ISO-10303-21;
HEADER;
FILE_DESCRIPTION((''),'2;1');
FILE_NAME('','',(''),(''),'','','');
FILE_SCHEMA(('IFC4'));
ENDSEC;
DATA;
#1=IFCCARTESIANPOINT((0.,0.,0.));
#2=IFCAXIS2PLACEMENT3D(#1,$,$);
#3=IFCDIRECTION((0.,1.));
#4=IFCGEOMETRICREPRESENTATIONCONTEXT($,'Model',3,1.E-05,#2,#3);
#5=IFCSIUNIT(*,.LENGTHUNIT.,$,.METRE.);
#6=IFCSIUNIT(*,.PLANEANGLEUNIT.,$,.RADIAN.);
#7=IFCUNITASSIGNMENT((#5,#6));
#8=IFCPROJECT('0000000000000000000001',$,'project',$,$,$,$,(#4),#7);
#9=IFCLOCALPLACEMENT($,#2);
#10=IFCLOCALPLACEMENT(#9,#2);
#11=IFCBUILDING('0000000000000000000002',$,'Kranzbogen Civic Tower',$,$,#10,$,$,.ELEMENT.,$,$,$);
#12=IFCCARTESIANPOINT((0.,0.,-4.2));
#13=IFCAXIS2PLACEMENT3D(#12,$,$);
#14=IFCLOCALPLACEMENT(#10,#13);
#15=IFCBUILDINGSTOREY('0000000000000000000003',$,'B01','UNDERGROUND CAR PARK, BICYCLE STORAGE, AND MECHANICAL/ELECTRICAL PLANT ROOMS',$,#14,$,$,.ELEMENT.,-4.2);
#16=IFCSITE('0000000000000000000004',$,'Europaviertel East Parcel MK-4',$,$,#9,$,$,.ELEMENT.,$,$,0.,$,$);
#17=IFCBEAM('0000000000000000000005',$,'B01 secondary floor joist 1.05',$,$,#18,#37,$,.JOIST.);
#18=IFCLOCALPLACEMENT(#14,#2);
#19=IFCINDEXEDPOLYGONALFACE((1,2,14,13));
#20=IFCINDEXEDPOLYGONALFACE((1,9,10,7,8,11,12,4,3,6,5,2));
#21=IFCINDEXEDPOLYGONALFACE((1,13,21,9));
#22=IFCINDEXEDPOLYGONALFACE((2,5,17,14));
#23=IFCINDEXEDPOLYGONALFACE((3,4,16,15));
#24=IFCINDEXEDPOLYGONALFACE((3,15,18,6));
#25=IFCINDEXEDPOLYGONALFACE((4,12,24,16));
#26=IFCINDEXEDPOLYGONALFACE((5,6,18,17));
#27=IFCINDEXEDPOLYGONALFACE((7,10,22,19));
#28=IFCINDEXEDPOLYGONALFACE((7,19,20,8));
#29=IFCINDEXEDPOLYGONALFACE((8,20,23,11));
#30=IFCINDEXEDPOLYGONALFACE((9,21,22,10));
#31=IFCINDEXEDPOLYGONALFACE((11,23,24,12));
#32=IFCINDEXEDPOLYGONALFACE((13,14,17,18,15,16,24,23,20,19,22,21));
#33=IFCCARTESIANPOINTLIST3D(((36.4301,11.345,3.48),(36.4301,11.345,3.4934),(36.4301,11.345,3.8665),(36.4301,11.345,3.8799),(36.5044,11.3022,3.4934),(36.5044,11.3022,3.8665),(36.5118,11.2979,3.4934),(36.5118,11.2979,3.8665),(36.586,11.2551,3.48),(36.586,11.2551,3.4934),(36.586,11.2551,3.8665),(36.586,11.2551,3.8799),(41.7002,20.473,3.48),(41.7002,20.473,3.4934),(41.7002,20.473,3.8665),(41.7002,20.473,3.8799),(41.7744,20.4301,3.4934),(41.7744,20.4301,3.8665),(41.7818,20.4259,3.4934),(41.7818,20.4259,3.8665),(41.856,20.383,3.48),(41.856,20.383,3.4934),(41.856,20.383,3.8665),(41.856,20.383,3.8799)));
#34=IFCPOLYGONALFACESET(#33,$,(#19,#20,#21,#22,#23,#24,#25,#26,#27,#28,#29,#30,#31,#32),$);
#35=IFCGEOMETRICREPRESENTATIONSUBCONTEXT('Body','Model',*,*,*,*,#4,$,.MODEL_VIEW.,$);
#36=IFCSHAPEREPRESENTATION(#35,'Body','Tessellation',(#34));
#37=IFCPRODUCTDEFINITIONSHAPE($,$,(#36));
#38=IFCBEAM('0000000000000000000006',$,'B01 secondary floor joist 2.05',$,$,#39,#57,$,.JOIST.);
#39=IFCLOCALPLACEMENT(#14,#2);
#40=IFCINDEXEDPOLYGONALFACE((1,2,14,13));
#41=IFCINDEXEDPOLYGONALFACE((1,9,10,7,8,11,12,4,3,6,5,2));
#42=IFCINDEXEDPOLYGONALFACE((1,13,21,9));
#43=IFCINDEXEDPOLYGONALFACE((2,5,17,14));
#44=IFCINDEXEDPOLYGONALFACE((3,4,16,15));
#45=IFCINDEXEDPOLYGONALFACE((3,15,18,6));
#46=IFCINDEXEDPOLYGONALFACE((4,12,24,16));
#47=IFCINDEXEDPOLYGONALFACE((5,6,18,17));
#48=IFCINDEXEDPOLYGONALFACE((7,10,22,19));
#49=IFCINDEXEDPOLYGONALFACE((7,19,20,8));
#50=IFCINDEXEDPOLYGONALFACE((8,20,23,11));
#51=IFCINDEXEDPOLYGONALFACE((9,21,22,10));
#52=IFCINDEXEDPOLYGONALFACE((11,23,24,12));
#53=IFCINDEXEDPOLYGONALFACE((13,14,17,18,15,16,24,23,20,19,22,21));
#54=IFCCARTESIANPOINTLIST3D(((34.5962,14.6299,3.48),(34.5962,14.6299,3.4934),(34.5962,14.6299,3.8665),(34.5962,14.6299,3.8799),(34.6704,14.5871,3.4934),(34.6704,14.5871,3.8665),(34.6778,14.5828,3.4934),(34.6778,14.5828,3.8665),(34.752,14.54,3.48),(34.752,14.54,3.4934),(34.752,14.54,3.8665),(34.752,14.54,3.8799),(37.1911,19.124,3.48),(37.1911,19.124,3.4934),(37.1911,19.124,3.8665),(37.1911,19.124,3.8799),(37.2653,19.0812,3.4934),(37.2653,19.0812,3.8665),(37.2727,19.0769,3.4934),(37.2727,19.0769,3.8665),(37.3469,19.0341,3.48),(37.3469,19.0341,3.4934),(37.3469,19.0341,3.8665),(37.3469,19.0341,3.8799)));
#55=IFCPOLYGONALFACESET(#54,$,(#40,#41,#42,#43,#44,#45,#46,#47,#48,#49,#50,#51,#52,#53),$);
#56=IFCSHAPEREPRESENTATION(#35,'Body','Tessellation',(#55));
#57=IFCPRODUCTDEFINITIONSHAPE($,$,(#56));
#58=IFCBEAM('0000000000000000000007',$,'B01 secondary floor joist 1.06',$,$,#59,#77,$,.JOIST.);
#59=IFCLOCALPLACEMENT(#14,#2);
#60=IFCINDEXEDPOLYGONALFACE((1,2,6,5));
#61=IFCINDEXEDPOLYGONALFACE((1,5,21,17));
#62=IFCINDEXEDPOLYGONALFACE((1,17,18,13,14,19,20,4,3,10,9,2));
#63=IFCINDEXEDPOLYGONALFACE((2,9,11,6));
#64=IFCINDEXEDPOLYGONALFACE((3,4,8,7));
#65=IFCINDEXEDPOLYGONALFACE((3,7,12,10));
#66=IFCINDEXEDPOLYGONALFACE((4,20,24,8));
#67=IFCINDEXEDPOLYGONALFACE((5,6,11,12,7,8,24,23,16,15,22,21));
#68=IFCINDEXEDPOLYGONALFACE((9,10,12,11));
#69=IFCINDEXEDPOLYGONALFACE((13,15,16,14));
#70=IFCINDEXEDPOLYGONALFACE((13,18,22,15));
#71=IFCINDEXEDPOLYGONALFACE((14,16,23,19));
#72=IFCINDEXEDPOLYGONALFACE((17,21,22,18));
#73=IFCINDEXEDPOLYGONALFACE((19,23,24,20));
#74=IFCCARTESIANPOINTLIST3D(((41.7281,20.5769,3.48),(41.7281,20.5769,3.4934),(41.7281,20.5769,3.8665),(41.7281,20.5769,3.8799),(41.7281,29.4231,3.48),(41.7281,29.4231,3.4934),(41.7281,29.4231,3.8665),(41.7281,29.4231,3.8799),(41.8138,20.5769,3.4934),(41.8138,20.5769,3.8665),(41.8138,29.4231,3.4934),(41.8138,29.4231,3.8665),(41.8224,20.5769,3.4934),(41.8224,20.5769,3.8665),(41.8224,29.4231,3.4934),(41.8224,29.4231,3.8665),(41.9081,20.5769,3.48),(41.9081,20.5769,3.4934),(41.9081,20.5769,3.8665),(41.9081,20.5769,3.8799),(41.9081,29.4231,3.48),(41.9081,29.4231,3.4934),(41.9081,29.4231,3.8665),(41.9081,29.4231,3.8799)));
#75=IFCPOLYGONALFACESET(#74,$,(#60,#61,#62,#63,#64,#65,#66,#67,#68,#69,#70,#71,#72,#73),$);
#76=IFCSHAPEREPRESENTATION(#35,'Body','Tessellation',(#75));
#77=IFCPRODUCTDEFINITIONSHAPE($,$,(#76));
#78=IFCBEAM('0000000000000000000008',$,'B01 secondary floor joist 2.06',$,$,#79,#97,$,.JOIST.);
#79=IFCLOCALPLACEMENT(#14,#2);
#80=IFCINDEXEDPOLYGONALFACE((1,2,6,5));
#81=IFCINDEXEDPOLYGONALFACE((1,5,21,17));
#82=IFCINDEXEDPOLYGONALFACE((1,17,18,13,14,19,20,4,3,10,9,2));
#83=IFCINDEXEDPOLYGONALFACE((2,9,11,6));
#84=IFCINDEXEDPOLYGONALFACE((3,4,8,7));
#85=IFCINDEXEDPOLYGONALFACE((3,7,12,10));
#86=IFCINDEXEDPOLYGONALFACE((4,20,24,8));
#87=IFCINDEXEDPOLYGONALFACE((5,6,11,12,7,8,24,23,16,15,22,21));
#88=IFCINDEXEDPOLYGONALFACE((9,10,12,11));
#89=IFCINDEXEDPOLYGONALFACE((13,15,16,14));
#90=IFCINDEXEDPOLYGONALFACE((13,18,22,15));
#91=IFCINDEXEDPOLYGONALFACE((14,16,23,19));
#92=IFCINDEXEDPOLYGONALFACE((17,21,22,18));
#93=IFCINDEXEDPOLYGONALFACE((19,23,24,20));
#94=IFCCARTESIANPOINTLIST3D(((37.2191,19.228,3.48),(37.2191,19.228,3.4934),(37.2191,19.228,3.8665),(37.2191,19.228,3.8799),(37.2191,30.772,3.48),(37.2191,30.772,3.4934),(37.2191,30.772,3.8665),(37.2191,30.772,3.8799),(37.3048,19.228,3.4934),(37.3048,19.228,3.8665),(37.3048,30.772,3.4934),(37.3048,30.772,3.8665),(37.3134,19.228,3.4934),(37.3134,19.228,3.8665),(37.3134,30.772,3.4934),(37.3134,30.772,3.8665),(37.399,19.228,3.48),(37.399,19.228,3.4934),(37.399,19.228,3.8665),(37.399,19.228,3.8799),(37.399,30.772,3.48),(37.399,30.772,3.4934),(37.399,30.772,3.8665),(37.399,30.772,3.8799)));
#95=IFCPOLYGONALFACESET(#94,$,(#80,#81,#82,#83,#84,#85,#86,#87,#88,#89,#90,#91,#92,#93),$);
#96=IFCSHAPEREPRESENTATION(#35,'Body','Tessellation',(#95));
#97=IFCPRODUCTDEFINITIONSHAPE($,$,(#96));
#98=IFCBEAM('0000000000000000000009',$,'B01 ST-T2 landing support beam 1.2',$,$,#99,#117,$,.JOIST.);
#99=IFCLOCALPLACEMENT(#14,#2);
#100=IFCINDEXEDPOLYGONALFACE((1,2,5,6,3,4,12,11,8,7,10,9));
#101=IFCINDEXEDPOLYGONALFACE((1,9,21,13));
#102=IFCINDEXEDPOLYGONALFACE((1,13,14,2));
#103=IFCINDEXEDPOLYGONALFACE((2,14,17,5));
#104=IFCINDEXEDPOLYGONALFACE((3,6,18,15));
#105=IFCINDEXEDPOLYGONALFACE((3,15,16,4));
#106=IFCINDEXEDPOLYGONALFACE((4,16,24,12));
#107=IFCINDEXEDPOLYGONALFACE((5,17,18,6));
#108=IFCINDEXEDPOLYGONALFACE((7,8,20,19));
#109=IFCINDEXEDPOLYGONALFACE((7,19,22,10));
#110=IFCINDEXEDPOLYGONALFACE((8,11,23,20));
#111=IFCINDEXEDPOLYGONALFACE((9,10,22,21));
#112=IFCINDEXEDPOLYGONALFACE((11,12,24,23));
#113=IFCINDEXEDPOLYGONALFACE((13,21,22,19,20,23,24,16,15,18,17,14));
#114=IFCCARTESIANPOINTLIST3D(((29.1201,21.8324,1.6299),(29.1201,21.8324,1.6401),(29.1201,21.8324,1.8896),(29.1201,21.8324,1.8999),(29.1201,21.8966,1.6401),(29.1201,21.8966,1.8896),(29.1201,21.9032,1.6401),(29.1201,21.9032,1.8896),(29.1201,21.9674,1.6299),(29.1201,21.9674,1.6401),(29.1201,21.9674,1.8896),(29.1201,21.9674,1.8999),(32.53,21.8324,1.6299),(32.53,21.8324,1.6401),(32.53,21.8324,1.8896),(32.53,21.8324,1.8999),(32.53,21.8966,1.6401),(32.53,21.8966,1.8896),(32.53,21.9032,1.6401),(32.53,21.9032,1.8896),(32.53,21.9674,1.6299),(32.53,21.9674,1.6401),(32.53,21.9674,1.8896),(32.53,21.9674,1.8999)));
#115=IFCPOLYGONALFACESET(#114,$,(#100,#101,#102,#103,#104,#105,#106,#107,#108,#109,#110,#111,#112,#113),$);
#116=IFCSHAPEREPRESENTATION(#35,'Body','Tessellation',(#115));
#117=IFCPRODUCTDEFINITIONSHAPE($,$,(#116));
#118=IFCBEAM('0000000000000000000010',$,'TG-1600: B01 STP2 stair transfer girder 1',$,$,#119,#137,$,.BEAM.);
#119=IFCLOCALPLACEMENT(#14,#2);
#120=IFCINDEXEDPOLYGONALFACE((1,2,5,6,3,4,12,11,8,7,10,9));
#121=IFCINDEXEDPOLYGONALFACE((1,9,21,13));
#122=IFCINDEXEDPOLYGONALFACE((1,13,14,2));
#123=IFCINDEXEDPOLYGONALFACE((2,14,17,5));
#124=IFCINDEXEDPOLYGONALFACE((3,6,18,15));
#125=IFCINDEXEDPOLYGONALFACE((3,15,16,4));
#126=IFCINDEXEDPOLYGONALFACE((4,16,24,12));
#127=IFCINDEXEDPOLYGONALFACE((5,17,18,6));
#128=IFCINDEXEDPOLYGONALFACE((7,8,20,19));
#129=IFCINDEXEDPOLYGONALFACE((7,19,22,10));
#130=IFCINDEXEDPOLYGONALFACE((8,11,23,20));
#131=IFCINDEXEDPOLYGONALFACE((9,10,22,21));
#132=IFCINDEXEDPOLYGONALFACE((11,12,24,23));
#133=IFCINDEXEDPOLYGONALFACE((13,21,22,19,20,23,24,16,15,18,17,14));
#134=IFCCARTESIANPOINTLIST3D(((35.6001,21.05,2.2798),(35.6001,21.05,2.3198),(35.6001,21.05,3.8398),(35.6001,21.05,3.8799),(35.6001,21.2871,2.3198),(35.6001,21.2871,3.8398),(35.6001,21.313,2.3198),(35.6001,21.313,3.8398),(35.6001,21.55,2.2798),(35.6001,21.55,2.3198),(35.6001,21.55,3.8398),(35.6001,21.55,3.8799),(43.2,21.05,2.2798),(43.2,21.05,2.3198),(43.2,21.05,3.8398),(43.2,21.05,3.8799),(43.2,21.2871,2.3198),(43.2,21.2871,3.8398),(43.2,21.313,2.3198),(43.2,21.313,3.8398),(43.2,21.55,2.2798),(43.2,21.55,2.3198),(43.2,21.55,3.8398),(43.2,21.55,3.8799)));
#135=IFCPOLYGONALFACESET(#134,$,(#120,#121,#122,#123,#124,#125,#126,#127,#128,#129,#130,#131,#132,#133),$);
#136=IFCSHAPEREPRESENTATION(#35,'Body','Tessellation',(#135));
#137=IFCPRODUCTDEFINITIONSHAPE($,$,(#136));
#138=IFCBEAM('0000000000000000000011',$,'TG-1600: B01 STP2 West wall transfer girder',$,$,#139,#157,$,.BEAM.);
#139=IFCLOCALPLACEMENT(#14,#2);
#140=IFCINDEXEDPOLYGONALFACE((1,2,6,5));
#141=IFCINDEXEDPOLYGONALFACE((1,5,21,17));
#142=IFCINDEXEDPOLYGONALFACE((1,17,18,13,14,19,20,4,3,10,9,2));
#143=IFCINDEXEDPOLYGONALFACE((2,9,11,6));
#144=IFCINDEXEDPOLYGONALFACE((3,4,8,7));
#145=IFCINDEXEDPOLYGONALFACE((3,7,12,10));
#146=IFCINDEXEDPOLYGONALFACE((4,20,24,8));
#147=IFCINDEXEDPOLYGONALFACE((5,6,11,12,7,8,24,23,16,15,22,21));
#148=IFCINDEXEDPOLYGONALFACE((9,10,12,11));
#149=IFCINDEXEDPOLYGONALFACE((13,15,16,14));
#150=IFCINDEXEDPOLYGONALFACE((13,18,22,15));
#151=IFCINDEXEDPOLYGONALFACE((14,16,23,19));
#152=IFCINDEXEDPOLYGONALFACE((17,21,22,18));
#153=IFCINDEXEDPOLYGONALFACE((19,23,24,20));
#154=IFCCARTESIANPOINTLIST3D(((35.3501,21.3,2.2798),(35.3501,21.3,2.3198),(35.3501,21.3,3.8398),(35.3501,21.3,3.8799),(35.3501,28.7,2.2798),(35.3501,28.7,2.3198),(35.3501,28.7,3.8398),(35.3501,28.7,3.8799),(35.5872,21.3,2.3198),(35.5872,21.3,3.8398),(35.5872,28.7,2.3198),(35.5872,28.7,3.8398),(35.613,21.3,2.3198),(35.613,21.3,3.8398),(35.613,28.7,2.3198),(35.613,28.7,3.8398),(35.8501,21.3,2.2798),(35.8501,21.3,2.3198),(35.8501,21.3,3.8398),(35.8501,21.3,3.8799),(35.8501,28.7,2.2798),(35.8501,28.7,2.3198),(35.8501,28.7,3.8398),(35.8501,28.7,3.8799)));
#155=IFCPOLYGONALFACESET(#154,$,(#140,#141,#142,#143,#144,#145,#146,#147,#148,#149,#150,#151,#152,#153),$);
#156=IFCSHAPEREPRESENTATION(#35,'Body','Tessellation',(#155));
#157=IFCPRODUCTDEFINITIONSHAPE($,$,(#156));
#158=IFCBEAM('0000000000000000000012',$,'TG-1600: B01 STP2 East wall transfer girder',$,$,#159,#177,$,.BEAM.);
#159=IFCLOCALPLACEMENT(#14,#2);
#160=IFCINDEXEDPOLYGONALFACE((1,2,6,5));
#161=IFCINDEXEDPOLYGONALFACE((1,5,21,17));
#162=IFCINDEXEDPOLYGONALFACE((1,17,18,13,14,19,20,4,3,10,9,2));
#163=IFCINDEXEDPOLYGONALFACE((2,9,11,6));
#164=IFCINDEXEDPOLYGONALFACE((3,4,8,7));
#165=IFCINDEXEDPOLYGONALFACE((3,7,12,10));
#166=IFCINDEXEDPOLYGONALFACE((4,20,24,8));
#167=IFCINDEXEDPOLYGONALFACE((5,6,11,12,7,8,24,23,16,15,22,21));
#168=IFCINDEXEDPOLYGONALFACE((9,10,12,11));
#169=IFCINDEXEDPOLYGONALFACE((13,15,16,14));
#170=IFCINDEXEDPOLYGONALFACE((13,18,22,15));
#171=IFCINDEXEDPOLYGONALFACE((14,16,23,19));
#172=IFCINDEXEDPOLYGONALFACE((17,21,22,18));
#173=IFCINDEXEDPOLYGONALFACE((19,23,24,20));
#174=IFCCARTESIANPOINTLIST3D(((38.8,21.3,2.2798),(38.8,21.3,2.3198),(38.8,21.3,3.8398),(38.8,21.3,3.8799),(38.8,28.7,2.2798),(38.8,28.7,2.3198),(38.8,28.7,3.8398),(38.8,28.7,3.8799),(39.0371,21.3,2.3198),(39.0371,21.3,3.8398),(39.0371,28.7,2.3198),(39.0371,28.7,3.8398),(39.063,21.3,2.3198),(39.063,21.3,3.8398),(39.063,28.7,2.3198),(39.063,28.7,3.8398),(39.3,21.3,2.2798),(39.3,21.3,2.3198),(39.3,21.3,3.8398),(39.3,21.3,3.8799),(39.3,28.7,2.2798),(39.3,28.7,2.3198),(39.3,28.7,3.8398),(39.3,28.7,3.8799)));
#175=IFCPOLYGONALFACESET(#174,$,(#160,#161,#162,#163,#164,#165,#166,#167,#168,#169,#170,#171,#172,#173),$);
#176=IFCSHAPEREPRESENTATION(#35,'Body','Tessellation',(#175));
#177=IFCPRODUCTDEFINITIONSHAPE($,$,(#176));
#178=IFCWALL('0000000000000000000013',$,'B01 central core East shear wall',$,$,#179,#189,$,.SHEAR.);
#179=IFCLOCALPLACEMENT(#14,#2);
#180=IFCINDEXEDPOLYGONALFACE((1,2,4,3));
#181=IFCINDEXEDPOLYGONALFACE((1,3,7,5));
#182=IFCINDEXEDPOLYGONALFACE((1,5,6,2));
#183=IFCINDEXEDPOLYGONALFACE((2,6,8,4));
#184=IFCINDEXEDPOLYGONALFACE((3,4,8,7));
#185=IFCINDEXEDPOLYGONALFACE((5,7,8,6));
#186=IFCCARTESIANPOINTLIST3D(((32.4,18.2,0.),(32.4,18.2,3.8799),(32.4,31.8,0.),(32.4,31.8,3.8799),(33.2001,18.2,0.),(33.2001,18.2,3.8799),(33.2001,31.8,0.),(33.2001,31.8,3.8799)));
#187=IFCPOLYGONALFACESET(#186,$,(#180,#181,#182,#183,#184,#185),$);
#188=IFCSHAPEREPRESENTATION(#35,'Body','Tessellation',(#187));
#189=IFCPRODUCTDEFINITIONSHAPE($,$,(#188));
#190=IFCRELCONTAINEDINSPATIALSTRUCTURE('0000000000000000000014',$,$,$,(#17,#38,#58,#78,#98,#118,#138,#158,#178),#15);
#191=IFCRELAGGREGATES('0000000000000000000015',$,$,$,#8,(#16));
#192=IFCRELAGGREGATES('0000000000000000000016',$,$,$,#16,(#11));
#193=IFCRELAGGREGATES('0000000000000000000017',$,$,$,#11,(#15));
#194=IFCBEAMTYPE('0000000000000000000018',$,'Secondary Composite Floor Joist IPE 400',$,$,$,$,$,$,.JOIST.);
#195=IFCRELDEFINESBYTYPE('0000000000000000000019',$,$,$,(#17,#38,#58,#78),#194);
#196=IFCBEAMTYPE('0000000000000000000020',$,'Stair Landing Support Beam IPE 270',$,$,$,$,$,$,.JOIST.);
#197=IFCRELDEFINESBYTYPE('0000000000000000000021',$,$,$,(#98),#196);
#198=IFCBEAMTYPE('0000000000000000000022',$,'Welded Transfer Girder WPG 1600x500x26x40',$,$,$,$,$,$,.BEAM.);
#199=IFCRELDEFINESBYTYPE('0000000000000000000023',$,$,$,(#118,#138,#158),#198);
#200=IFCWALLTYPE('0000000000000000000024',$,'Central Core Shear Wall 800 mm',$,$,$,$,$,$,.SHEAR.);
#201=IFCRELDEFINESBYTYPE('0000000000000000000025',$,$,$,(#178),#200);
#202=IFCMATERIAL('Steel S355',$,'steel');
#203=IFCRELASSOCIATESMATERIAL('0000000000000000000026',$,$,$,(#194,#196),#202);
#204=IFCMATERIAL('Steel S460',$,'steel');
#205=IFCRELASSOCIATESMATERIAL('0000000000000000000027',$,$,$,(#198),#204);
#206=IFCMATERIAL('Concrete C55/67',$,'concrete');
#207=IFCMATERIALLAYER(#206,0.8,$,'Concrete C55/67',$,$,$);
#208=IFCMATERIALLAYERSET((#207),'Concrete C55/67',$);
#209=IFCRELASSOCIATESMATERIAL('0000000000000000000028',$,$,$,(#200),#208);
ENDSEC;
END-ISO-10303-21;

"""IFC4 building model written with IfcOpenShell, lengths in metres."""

from ifc_helpers import new_model, si_unit, direction, frame, frame_2d, origin, origin_2d, place, context, subcontext, project, spatial, rectangle, i_section, extrude, material, layer, layer_set, material_profile, profile_set, type_object, element, save


model = new_model("IFC4")

# Units and contexts
model_context = context("Model", 3, precision=1e-05, world=origin(), true_north=direction((0.0, 1.0)))
body_context = subcontext(model_context, "Body", "Model", "MODEL_VIEW")
ifc_project = project(units=[si_unit("LENGTHUNIT", "METRE"), si_unit("PLANEANGLEUNIT", "RADIAN")], contexts=[model_context])

# Site, building, storey
site_placement = place(None, origin())
site = spatial("IfcSite", under=ifc_project, at=site_placement, Name="Europaviertel East Parcel MK-4", CompositionType="ELEMENT", RefElevation=0.0)
building_placement = place(site_placement, origin())
building = spatial("IfcBuilding", under=site, at=building_placement, Name="Kranzbogen Civic Tower", CompositionType="ELEMENT")
storey_placement = place(building_placement, frame((0.0, 0.0, -4.2)))
storey = spatial("IfcBuildingStorey", under=building, at=storey_placement, Name="B01", Description="UNDERGROUND CAR PARK, BICYCLE STORAGE, AND MECHANICAL/ELECTRICAL PLANT ROOMS", CompositionType="ELEMENT", Elevation=-4.2)

# Shared definitions
ifc_material_1 = material(Name="Steel S460", Category="steel")
ifc_material_2 = material(Name="Concrete C55/67", Category="concrete")

# Beams
ifc_material_3 = material(Name="Steel S355", Category="steel")
ifc_material_profile_1 = material_profile(ifc_material_3, i_section(OverallWidth=0.1799, OverallDepth=0.3999, WebThickness=0.0085, FlangeThickness=0.0134, at=origin_2d()), Name="IPE 400")
ifc_profile_set_1 = profile_set([ifc_material_profile_1], Name="Steel S355")
beam_type_1 = type_object("IfcBeamType", Name="Secondary Composite Floor Joist IPE 400", PredefinedType="JOIST", material=ifc_profile_set_1)
beam_1_placement = place(storey_placement, frame((36.5081, 11.3, 3.6799), z_axis=(0.5, 0.866025, 0.0), x_axis=(-0.866025, 0.5, 0.0)))
element("IfcBeam", 1, at=beam_1_placement, inside=storey, type_object=beam_type_1, Name="B01 secondary floor joist 1.05", PredefinedType="JOIST", context=body_context, shape_type="SweptSolid", body=[
    extrude(i_section(OverallWidth=0.1799, OverallDepth=0.3999, WebThickness=0.0085, FlangeThickness=0.0134, at=origin_2d()), origin(), (0.0, 0.0, 1.0), 10.54),
])
beam_2_placement = place(storey_placement, frame((34.6741, 14.585, 3.6799), z_axis=(0.50004, 0.866002, 0.0), x_axis=(-0.866002, 0.50004, 0.0)))
element("IfcBeam", 2, at=beam_2_placement, inside=storey, type_object=beam_type_1, Name="B01 secondary floor joist 2.05", PredefinedType="JOIST", context=body_context, shape_type="SweptSolid", body=[
    extrude(i_section(OverallWidth=0.1799, OverallDepth=0.3999, WebThickness=0.0085, FlangeThickness=0.0134, at=origin_2d()), origin(), (0.0, 0.0, 1.0), 5.1895),
])
beam_3_placement = place(storey_placement, frame((41.8181, 20.5769, 3.6799), z_axis=(0.0, 1.0, 0.0), x_axis=(-1.0, 0.0, 0.0)))
element("IfcBeam", 3, at=beam_3_placement, inside=storey, type_object=beam_type_1, Name="B01 secondary floor joist 1.06", PredefinedType="JOIST", context=body_context, shape_type="SweptSolid", body=[
    extrude(i_section(OverallWidth=0.1799, OverallDepth=0.3999, WebThickness=0.0085, FlangeThickness=0.0134, at=origin_2d()), origin(), (0.0, 0.0, 1.0), 8.8462),
])
beam_4_placement = place(storey_placement, frame((37.3091, 19.228, 3.6799), z_axis=(0.0, 1.0, 0.0), x_axis=(-1.0, 0.0, 0.0)))
element("IfcBeam", 4, at=beam_4_placement, inside=storey, type_object=beam_type_1, Name="B01 secondary floor joist 2.06", PredefinedType="JOIST", context=body_context, shape_type="SweptSolid", body=[
    extrude(i_section(OverallWidth=0.1799, OverallDepth=0.3999, WebThickness=0.0085, FlangeThickness=0.0134, at=origin_2d()), origin(), (0.0, 0.0, 1.0), 11.5439),
])
ifc_material_profile_2 = material_profile(ifc_material_3, i_section(OverallWidth=0.135, OverallDepth=0.27, WebThickness=0.0066, FlangeThickness=0.0103, at=origin_2d()), Name="IPE 270")
ifc_profile_set_2 = profile_set([ifc_material_profile_2], Name="Steel S355")
beam_type_2 = type_object("IfcBeamType", Name="Stair Landing Support Beam IPE 270", PredefinedType="JOIST", material=ifc_profile_set_2)
beam_5_placement = place(storey_placement, frame((29.1201, 21.8999, 1.7649), z_axis=(1.0, 0.0, 0.0), x_axis=(0.0, 1.0, 0.0)))
element("IfcBeam", 5, at=beam_5_placement, inside=storey, type_object=beam_type_2, Name="B01 ST-T2 landing support beam 1.2", PredefinedType="JOIST", context=body_context, shape_type="SweptSolid", body=[
    extrude(i_section(OverallWidth=0.135, OverallDepth=0.27, WebThickness=0.0066, FlangeThickness=0.0103, at=origin_2d()), origin(), (0.0, 0.0, 1.0), 3.4099),
])
ifc_material_profile_3 = material_profile(ifc_material_1, i_section(OverallWidth=0.5, OverallDepth=1.6001, WebThickness=0.0259, FlangeThickness=0.04, at=origin_2d()), Name="WPG 1600x500x26x40")
ifc_profile_set_3 = profile_set([ifc_material_profile_3], Name="Steel S460")
beam_type_3 = type_object("IfcBeamType", Name="Welded Transfer Girder WPG 1600x500x26x40", PredefinedType="BEAM", material=ifc_profile_set_3)
beam_6_placement = place(storey_placement, frame((35.6001, 21.3, 3.0798), z_axis=(1.0, 0.0, 0.0), x_axis=(0.0, 1.0, 0.0)))
element("IfcBeam", 6, at=beam_6_placement, inside=storey, type_object=beam_type_3, Name="TG-1600: B01 STP2 stair transfer girder 1", PredefinedType="BEAM", context=body_context, shape_type="SweptSolid", body=[
    extrude(i_section(OverallWidth=0.5, OverallDepth=1.6001, WebThickness=0.0259, FlangeThickness=0.04, at=origin_2d()), origin(), (0.0, 0.0, 1.0), 7.5999),
])
for number, where, z_axis, x_axis, name in (
    (7, (35.6001, 21.3, 3.0798), (0.0, 1.0, 0.0), (-1.0, 0.0, 0.0), "TG-1600: B01 STP2 West wall transfer girder"),
    (8, (39.05, 21.3, 3.0798), (0.0, 1.0, 0.0), (-1.0, 0.0, 0.0), "TG-1600: B01 STP2 East wall transfer girder"),
):
    element("IfcBeam", number, at=place(storey_placement, frame(where, z_axis=z_axis, x_axis=x_axis)), inside=storey, type_object=beam_type_3, Name=name, PredefinedType="BEAM", context=body_context, shape_type="SweptSolid", body=[
        extrude(i_section(OverallWidth=0.5, OverallDepth=1.6001, WebThickness=0.0259, FlangeThickness=0.04, at=origin_2d()), origin(), (0.0, 0.0, 1.0), 7.3999),
    ])

# Wall
ifc_layer_1 = layer(ifc_material_2, 0.8, Name="Concrete C55/67")
ifc_layer_set_1 = layer_set([ifc_layer_1], Name="Concrete C55/67")
wall_type_1 = type_object("IfcWallType", Name="Central Core Shear Wall 800 mm", PredefinedType="SHEAR", material=ifc_layer_set_1)
wall_1_placement = place(storey_placement, frame((32.8, 18.2, 0.0), z_axis=(0.0, 0.0, 1.0), x_axis=(0.0, 1.0, 0.0)))
element("IfcWall", 9, at=wall_1_placement, inside=storey, type_object=wall_type_1, Name="B01 central core East shear wall", PredefinedType="SHEAR", context=body_context, shape_type="SweptSolid", body=[
    extrude(rectangle(XDim=13.6001, YDim=0.8, at=frame_2d((6.8, 0.0))), origin(), (0.0, 0.0, 1.0), 3.8799),
])

save(model, "model.ifc")
